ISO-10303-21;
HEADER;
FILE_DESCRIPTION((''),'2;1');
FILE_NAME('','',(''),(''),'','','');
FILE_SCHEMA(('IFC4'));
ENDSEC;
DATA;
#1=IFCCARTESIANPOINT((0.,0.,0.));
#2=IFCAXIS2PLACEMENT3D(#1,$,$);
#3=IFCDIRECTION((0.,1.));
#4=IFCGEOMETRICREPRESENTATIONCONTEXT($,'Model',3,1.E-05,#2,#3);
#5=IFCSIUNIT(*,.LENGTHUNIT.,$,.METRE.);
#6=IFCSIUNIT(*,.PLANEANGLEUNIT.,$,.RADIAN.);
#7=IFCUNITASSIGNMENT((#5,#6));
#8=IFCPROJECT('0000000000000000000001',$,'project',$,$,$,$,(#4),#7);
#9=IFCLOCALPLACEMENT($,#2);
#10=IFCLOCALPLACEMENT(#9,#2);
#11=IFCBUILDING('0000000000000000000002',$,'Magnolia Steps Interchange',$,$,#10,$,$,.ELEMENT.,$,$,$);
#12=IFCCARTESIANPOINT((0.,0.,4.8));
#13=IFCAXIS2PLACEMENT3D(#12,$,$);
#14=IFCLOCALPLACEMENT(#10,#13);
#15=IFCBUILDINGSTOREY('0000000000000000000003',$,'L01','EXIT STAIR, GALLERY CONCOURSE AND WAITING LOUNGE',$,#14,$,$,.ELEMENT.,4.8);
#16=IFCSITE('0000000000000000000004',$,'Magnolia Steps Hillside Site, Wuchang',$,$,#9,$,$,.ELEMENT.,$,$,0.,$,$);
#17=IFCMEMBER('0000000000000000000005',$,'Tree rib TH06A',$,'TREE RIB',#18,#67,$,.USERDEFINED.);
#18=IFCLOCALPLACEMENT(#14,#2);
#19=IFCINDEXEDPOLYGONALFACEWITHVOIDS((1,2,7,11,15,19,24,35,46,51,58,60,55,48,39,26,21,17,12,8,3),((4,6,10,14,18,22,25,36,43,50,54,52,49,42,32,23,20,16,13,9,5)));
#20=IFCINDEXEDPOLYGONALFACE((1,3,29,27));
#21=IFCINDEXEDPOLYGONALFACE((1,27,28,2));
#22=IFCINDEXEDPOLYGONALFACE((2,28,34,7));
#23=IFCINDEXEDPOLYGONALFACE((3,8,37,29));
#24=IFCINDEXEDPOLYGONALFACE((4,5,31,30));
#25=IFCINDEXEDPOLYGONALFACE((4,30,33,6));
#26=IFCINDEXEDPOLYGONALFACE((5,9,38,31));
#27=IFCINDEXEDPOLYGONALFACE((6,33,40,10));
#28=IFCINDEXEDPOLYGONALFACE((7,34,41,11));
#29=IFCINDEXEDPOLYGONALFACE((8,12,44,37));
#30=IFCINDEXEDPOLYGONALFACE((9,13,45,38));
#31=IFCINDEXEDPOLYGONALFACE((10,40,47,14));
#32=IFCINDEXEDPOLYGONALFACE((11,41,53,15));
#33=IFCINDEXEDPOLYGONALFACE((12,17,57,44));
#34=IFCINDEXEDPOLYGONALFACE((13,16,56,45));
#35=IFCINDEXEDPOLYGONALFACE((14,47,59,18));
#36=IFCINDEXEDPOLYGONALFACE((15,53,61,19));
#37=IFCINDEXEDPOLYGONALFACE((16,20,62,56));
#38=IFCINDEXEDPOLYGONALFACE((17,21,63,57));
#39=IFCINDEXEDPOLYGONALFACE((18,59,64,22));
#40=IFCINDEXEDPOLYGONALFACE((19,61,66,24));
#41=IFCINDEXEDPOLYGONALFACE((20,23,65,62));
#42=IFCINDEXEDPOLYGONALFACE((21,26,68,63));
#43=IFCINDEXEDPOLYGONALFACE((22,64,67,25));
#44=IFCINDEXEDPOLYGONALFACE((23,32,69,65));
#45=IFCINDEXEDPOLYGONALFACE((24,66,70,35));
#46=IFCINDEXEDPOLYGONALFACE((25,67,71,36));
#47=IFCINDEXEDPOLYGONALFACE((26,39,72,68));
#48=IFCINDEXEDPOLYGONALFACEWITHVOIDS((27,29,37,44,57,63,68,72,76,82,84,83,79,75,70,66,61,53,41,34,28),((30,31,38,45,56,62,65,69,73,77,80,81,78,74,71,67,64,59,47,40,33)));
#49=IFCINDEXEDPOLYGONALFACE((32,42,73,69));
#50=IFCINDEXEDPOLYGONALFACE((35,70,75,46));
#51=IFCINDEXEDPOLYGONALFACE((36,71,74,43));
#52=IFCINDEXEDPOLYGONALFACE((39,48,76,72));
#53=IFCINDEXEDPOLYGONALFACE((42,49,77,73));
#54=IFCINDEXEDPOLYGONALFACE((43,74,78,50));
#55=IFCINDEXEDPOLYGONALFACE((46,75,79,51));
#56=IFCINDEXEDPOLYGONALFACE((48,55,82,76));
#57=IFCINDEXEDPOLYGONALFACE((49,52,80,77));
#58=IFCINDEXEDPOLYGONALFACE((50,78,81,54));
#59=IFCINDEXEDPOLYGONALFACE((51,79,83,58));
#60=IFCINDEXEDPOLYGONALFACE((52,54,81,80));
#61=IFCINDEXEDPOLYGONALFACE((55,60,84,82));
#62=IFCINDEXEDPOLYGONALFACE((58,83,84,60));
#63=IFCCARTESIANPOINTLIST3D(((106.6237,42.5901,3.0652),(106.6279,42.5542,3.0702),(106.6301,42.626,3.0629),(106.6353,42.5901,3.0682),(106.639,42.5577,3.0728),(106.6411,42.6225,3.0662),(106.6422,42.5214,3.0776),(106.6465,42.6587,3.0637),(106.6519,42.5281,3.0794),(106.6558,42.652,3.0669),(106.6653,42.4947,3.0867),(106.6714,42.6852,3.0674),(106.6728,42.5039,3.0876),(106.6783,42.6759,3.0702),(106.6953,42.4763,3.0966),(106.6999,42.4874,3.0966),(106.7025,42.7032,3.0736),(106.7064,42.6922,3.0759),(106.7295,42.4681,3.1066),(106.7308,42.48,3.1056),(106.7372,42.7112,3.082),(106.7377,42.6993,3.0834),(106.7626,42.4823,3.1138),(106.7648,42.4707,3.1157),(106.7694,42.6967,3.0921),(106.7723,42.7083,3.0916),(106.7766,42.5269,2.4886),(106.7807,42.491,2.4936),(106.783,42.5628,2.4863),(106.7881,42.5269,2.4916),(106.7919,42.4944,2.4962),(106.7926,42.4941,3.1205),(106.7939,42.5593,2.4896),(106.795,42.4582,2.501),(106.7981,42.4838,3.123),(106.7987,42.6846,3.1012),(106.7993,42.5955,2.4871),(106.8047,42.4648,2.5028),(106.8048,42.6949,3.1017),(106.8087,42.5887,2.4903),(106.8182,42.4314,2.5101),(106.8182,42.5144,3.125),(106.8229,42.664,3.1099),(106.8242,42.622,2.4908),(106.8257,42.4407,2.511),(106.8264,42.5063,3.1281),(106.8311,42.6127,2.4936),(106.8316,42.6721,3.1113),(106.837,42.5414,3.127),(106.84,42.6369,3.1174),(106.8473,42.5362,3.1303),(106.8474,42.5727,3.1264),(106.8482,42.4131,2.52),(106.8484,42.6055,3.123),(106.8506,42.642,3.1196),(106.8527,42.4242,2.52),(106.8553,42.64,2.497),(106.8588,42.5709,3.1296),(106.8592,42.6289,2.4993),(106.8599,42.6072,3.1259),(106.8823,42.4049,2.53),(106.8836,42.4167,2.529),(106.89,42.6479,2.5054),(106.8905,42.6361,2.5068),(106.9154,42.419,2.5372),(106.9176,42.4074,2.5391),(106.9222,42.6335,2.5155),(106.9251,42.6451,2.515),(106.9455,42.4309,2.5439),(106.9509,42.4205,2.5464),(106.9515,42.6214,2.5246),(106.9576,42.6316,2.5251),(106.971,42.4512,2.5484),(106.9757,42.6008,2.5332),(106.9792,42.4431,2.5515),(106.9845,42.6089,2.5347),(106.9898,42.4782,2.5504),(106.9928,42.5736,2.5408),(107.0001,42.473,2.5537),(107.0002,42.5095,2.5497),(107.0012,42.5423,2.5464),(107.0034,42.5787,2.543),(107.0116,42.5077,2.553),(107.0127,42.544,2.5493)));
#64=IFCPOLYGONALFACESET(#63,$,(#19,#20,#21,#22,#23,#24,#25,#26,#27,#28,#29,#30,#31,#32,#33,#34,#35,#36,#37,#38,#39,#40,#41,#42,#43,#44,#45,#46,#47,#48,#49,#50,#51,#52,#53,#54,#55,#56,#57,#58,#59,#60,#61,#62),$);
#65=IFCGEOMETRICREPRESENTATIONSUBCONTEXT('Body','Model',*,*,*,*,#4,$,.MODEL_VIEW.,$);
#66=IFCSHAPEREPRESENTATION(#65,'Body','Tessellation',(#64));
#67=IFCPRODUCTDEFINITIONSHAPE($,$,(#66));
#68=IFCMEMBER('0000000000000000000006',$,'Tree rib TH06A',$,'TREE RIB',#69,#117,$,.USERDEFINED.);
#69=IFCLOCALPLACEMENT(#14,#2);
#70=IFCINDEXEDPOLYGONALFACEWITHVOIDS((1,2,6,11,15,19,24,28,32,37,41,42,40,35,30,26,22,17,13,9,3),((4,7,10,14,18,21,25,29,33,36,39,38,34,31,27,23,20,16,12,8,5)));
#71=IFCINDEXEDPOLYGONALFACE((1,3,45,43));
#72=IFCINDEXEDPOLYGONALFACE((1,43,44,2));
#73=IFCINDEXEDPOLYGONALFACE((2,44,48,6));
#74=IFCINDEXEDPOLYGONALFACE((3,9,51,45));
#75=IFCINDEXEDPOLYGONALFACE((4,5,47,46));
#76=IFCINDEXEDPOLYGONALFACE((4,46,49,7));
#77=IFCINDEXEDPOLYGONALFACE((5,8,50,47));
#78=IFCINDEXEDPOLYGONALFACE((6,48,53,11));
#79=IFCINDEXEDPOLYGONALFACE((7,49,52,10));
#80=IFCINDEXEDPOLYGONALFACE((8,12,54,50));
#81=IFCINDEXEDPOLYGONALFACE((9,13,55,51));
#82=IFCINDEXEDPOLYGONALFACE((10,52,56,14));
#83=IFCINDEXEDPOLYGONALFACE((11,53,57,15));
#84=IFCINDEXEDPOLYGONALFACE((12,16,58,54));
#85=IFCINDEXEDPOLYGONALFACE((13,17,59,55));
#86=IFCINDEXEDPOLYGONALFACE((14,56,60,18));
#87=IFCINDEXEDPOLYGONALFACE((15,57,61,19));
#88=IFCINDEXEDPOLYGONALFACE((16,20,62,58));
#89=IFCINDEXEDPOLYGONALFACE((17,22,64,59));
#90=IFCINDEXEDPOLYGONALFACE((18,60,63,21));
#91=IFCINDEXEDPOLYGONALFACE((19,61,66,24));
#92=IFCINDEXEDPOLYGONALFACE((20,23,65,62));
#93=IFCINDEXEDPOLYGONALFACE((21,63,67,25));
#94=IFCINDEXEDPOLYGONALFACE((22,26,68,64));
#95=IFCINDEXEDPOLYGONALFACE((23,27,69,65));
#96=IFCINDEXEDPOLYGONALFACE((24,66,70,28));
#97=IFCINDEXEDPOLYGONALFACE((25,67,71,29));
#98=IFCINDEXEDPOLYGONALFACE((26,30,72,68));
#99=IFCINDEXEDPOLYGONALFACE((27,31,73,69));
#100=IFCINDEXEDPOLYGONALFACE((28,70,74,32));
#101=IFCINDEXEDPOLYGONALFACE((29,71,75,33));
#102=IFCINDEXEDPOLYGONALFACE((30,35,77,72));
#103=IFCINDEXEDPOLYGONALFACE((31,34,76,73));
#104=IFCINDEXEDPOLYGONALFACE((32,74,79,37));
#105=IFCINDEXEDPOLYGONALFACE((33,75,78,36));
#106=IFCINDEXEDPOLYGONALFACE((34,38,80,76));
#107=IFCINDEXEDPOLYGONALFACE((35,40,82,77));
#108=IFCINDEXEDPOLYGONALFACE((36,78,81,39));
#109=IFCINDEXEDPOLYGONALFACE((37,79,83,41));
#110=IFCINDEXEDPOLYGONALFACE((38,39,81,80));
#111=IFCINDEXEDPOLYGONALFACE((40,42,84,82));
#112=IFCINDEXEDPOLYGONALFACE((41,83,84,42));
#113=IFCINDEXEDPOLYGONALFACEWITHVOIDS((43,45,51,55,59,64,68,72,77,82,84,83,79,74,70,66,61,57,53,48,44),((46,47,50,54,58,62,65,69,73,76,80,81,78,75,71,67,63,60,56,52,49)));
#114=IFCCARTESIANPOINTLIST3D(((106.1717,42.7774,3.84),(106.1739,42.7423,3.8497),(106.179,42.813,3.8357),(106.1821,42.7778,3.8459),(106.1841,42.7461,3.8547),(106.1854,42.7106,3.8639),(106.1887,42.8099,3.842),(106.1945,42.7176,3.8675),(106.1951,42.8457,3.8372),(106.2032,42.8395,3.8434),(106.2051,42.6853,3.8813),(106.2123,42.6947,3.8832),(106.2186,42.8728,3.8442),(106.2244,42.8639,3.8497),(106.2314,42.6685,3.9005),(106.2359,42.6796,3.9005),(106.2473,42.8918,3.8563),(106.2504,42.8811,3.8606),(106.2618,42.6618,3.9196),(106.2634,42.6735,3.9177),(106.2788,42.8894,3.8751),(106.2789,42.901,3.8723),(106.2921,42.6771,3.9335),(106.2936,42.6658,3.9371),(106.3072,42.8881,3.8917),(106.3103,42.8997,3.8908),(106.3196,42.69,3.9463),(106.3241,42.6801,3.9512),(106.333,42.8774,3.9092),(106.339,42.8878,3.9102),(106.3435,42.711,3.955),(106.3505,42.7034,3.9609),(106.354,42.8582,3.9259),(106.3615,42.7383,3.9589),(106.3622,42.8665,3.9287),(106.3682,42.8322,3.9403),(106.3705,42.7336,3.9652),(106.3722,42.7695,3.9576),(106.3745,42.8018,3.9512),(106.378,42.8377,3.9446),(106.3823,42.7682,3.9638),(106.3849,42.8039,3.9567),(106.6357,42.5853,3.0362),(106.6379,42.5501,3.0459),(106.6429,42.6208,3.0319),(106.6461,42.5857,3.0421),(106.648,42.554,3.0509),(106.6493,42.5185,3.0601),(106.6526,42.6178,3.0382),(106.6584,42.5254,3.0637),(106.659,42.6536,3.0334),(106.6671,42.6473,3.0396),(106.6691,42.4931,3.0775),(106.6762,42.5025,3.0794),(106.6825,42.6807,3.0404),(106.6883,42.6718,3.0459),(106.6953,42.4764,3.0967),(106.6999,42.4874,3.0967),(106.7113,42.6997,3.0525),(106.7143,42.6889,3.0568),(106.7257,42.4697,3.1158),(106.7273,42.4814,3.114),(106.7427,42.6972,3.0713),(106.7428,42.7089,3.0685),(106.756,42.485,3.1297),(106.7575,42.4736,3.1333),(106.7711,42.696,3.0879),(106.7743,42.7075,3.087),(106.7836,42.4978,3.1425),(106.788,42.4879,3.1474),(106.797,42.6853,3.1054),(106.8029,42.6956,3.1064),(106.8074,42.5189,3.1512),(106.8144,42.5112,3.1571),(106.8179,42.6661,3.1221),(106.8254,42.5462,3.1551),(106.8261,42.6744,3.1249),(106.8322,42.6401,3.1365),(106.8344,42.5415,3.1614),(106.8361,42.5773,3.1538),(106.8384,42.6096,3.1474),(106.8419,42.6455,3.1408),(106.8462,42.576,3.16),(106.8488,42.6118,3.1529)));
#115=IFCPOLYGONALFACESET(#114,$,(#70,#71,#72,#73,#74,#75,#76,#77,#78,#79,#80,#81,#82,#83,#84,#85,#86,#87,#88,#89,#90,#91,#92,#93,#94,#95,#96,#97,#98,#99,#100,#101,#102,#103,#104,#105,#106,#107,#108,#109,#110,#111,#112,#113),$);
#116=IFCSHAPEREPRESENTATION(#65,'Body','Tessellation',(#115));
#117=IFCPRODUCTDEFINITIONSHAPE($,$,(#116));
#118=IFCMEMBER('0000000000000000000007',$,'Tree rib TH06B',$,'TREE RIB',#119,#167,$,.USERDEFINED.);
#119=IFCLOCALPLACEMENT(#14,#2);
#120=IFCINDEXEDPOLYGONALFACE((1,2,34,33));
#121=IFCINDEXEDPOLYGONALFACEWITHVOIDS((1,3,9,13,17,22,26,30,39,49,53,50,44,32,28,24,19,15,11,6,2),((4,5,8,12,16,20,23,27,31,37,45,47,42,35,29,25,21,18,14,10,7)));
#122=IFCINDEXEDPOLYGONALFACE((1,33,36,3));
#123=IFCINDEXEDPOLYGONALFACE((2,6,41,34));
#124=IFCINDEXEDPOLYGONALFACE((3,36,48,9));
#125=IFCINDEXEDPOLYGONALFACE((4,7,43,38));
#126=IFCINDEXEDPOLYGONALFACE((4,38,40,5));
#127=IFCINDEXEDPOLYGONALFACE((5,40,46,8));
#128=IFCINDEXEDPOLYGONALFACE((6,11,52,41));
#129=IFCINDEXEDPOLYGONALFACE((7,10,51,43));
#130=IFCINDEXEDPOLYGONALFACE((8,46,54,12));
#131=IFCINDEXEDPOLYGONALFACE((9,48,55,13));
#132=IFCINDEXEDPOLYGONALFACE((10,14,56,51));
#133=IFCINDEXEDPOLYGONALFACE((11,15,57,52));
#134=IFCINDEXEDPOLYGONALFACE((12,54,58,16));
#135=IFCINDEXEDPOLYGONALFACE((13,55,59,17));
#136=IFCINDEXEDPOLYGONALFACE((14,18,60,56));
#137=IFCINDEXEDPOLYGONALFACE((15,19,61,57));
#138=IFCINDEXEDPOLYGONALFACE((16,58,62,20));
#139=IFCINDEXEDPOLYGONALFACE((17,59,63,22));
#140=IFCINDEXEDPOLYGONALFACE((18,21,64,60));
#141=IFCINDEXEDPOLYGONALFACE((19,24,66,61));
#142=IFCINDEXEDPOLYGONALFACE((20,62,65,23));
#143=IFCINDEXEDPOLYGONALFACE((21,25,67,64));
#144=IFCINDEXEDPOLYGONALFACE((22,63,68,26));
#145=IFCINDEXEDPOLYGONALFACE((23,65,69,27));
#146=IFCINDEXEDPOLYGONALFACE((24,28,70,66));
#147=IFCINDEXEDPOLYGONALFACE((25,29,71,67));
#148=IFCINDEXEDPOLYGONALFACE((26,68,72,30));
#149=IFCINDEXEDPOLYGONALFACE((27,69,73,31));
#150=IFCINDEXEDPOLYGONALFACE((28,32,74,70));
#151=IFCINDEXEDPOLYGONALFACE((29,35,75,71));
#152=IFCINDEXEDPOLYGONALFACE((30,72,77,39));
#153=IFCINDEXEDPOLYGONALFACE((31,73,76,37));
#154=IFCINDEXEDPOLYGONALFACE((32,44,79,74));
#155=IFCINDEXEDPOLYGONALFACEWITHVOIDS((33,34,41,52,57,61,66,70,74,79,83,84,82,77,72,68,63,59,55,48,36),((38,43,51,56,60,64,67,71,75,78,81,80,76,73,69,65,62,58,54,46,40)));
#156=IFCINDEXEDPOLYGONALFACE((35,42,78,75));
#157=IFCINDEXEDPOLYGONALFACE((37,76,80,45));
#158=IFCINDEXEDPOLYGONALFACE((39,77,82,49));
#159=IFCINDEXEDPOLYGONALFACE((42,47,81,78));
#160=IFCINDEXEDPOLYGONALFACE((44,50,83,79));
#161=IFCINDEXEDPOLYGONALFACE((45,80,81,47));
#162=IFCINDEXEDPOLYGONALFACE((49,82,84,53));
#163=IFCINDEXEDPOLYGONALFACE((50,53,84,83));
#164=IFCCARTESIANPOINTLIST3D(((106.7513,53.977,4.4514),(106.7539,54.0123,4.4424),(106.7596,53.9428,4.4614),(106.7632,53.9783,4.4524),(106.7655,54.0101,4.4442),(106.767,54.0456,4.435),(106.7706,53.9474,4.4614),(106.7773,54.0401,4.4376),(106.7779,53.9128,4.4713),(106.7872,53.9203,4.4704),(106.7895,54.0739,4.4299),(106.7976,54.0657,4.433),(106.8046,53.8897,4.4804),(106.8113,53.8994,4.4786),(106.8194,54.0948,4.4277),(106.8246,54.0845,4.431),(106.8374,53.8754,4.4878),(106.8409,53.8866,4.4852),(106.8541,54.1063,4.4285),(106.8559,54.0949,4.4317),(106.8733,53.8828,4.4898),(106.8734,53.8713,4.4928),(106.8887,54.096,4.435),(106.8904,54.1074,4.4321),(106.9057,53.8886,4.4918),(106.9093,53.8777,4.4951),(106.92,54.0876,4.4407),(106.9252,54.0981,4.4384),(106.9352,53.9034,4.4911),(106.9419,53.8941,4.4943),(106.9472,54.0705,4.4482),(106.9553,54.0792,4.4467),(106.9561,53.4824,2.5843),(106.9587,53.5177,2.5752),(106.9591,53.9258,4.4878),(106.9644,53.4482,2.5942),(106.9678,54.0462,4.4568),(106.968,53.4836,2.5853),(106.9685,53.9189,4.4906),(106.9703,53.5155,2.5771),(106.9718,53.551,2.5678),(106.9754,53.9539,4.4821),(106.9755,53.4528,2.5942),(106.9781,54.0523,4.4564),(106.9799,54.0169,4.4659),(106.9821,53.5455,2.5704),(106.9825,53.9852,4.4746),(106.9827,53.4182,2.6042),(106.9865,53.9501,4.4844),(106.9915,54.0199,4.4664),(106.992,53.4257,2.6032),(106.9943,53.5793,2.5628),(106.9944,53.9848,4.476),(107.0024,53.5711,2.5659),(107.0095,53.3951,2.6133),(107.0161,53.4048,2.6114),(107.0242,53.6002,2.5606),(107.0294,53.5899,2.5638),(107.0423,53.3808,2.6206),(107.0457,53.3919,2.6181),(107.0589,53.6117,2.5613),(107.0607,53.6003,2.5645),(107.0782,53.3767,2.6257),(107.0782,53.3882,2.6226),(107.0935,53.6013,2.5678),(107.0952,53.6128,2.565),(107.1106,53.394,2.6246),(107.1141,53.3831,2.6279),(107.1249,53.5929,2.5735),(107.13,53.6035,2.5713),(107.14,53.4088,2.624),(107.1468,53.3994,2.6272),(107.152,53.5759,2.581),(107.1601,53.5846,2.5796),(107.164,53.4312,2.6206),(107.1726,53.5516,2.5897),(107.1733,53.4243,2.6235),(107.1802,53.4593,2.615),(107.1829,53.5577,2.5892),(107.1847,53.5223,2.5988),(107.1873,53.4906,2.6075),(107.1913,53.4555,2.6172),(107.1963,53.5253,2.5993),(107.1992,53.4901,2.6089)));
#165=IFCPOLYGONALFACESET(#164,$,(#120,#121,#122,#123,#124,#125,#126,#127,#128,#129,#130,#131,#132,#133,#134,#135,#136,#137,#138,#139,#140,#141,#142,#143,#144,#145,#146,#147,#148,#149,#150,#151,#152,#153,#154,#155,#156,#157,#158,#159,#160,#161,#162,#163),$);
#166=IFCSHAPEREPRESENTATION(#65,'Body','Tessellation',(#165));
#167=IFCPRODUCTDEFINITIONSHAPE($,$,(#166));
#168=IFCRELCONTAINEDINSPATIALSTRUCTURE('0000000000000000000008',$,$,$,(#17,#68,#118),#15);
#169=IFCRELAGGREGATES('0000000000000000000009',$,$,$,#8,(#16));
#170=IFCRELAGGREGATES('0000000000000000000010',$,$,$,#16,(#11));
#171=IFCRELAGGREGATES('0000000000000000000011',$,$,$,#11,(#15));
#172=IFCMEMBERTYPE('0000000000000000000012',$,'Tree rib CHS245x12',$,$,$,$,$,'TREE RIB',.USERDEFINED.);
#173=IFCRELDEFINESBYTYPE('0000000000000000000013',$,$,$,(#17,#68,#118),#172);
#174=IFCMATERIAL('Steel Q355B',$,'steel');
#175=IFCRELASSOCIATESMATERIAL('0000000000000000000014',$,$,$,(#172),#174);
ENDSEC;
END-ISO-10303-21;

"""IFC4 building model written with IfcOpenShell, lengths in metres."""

from ifc_helpers import new_model, si_unit, direction, frame, origin, origin_2d, place, context, subcontext, project, spatial, hollow_circle, extrude, material, material_profile, profile_set, type_object, element, save


model = new_model("IFC4")

# Units and contexts
model_context = context("Model", 3, precision=1e-05, world=origin(), true_north=direction((0.0, 1.0)))
body_context = subcontext(model_context, "Body", "Model", "MODEL_VIEW")
ifc_project = project(units=[si_unit("LENGTHUNIT", "METRE"), si_unit("PLANEANGLEUNIT", "RADIAN")], contexts=[model_context])

# Site, building, storey
site_placement = place(None, origin())
site = spatial("IfcSite", under=ifc_project, at=site_placement, Name="Magnolia Steps Hillside Site, Wuchang", CompositionType="ELEMENT", RefElevation=0.0)
building_placement = place(site_placement, origin())
building = spatial("IfcBuilding", under=site, at=building_placement, Name="Magnolia Steps Interchange", CompositionType="ELEMENT")
storey_placement = place(building_placement, frame((0.0, 0.0, 4.8)))
storey = spatial("IfcBuildingStorey", under=building, at=storey_placement, Name="L01", Description="EXIT STAIR, GALLERY CONCOURSE AND WAITING LOUNGE", CompositionType="ELEMENT", Elevation=4.8)

# Members
ifc_material_1 = material(Name="Steel Q355B", Category="steel")
ifc_material_profile_1 = material_profile(ifc_material_1, hollow_circle(Radius=0.1226, WallThickness=0.012, at=origin_2d()), Name="CHS245x12")
ifc_profile_set_1 = profile_set([ifc_material_profile_1], Name="Steel Q355B")
member_type_1 = type_object("IfcMemberType", Name="Tree rib CHS245x12", ElementType="TREE RIB", PredefinedType="USERDEFINED", material=ifc_profile_set_1)
member_1_placement = place(storey_placement, frame((106.895, 42.5264, 2.52), z_axis=(-0.254758, 0.105403, 0.961243), x_axis=(-0.382308, -0.924035, 0.0)))
element("IfcMember", 1, at=member_1_placement, inside=storey, type_object=member_type_1, Name="Tree rib TH06A", ObjectType="TREE RIB", PredefinedType="USERDEFINED", context=body_context, shape_type="SweptSolid", body=[
    extrude(hollow_circle(Radius=0.1226, WallThickness=0.012, at=origin_2d()), origin(), (0.0, 0.0, 1.0), 0.5999),
])
member_2_placement = place(storey_placement, frame((106.7422, 42.5896, 3.0967), z_axis=(-0.489492, 0.202753, 0.848109), x_axis=(-0.382681, -0.923881, 0.0)))
element("IfcMember", 2, at=member_2_placement, inside=storey, type_object=member_type_1, Name="Tree rib TH06A", ObjectType="TREE RIB", PredefinedType="USERDEFINED", context=body_context, shape_type="SweptSolid", body=[
    extrude(hollow_circle(Radius=0.1226, WallThickness=0.012, at=origin_2d()), origin(), (0.0, 0.0, 1.0), 0.9478),
])
for number, where, z_axis, x_axis, name in (
    (3, (107.0776, 53.4951, 2.5942), (-0.105453, 0.254645, 0.961268), (-0.923911, -0.382607, 0.0), "Tree rib TH06B"),
):
    element("IfcMember", number, at=place(storey_placement, frame(where, z_axis=z_axis, x_axis=x_axis)), inside=storey, type_object=member_type_1, Name=name, ObjectType="TREE RIB", PredefinedType="USERDEFINED", context=body_context, shape_type="SweptSolid", body=[
        extrude(hollow_circle(Radius=0.1226, WallThickness=0.012, at=origin_2d()), origin(), (0.0, 0.0, 1.0), 1.9424),
    ])

save(model, "model.ifc")
